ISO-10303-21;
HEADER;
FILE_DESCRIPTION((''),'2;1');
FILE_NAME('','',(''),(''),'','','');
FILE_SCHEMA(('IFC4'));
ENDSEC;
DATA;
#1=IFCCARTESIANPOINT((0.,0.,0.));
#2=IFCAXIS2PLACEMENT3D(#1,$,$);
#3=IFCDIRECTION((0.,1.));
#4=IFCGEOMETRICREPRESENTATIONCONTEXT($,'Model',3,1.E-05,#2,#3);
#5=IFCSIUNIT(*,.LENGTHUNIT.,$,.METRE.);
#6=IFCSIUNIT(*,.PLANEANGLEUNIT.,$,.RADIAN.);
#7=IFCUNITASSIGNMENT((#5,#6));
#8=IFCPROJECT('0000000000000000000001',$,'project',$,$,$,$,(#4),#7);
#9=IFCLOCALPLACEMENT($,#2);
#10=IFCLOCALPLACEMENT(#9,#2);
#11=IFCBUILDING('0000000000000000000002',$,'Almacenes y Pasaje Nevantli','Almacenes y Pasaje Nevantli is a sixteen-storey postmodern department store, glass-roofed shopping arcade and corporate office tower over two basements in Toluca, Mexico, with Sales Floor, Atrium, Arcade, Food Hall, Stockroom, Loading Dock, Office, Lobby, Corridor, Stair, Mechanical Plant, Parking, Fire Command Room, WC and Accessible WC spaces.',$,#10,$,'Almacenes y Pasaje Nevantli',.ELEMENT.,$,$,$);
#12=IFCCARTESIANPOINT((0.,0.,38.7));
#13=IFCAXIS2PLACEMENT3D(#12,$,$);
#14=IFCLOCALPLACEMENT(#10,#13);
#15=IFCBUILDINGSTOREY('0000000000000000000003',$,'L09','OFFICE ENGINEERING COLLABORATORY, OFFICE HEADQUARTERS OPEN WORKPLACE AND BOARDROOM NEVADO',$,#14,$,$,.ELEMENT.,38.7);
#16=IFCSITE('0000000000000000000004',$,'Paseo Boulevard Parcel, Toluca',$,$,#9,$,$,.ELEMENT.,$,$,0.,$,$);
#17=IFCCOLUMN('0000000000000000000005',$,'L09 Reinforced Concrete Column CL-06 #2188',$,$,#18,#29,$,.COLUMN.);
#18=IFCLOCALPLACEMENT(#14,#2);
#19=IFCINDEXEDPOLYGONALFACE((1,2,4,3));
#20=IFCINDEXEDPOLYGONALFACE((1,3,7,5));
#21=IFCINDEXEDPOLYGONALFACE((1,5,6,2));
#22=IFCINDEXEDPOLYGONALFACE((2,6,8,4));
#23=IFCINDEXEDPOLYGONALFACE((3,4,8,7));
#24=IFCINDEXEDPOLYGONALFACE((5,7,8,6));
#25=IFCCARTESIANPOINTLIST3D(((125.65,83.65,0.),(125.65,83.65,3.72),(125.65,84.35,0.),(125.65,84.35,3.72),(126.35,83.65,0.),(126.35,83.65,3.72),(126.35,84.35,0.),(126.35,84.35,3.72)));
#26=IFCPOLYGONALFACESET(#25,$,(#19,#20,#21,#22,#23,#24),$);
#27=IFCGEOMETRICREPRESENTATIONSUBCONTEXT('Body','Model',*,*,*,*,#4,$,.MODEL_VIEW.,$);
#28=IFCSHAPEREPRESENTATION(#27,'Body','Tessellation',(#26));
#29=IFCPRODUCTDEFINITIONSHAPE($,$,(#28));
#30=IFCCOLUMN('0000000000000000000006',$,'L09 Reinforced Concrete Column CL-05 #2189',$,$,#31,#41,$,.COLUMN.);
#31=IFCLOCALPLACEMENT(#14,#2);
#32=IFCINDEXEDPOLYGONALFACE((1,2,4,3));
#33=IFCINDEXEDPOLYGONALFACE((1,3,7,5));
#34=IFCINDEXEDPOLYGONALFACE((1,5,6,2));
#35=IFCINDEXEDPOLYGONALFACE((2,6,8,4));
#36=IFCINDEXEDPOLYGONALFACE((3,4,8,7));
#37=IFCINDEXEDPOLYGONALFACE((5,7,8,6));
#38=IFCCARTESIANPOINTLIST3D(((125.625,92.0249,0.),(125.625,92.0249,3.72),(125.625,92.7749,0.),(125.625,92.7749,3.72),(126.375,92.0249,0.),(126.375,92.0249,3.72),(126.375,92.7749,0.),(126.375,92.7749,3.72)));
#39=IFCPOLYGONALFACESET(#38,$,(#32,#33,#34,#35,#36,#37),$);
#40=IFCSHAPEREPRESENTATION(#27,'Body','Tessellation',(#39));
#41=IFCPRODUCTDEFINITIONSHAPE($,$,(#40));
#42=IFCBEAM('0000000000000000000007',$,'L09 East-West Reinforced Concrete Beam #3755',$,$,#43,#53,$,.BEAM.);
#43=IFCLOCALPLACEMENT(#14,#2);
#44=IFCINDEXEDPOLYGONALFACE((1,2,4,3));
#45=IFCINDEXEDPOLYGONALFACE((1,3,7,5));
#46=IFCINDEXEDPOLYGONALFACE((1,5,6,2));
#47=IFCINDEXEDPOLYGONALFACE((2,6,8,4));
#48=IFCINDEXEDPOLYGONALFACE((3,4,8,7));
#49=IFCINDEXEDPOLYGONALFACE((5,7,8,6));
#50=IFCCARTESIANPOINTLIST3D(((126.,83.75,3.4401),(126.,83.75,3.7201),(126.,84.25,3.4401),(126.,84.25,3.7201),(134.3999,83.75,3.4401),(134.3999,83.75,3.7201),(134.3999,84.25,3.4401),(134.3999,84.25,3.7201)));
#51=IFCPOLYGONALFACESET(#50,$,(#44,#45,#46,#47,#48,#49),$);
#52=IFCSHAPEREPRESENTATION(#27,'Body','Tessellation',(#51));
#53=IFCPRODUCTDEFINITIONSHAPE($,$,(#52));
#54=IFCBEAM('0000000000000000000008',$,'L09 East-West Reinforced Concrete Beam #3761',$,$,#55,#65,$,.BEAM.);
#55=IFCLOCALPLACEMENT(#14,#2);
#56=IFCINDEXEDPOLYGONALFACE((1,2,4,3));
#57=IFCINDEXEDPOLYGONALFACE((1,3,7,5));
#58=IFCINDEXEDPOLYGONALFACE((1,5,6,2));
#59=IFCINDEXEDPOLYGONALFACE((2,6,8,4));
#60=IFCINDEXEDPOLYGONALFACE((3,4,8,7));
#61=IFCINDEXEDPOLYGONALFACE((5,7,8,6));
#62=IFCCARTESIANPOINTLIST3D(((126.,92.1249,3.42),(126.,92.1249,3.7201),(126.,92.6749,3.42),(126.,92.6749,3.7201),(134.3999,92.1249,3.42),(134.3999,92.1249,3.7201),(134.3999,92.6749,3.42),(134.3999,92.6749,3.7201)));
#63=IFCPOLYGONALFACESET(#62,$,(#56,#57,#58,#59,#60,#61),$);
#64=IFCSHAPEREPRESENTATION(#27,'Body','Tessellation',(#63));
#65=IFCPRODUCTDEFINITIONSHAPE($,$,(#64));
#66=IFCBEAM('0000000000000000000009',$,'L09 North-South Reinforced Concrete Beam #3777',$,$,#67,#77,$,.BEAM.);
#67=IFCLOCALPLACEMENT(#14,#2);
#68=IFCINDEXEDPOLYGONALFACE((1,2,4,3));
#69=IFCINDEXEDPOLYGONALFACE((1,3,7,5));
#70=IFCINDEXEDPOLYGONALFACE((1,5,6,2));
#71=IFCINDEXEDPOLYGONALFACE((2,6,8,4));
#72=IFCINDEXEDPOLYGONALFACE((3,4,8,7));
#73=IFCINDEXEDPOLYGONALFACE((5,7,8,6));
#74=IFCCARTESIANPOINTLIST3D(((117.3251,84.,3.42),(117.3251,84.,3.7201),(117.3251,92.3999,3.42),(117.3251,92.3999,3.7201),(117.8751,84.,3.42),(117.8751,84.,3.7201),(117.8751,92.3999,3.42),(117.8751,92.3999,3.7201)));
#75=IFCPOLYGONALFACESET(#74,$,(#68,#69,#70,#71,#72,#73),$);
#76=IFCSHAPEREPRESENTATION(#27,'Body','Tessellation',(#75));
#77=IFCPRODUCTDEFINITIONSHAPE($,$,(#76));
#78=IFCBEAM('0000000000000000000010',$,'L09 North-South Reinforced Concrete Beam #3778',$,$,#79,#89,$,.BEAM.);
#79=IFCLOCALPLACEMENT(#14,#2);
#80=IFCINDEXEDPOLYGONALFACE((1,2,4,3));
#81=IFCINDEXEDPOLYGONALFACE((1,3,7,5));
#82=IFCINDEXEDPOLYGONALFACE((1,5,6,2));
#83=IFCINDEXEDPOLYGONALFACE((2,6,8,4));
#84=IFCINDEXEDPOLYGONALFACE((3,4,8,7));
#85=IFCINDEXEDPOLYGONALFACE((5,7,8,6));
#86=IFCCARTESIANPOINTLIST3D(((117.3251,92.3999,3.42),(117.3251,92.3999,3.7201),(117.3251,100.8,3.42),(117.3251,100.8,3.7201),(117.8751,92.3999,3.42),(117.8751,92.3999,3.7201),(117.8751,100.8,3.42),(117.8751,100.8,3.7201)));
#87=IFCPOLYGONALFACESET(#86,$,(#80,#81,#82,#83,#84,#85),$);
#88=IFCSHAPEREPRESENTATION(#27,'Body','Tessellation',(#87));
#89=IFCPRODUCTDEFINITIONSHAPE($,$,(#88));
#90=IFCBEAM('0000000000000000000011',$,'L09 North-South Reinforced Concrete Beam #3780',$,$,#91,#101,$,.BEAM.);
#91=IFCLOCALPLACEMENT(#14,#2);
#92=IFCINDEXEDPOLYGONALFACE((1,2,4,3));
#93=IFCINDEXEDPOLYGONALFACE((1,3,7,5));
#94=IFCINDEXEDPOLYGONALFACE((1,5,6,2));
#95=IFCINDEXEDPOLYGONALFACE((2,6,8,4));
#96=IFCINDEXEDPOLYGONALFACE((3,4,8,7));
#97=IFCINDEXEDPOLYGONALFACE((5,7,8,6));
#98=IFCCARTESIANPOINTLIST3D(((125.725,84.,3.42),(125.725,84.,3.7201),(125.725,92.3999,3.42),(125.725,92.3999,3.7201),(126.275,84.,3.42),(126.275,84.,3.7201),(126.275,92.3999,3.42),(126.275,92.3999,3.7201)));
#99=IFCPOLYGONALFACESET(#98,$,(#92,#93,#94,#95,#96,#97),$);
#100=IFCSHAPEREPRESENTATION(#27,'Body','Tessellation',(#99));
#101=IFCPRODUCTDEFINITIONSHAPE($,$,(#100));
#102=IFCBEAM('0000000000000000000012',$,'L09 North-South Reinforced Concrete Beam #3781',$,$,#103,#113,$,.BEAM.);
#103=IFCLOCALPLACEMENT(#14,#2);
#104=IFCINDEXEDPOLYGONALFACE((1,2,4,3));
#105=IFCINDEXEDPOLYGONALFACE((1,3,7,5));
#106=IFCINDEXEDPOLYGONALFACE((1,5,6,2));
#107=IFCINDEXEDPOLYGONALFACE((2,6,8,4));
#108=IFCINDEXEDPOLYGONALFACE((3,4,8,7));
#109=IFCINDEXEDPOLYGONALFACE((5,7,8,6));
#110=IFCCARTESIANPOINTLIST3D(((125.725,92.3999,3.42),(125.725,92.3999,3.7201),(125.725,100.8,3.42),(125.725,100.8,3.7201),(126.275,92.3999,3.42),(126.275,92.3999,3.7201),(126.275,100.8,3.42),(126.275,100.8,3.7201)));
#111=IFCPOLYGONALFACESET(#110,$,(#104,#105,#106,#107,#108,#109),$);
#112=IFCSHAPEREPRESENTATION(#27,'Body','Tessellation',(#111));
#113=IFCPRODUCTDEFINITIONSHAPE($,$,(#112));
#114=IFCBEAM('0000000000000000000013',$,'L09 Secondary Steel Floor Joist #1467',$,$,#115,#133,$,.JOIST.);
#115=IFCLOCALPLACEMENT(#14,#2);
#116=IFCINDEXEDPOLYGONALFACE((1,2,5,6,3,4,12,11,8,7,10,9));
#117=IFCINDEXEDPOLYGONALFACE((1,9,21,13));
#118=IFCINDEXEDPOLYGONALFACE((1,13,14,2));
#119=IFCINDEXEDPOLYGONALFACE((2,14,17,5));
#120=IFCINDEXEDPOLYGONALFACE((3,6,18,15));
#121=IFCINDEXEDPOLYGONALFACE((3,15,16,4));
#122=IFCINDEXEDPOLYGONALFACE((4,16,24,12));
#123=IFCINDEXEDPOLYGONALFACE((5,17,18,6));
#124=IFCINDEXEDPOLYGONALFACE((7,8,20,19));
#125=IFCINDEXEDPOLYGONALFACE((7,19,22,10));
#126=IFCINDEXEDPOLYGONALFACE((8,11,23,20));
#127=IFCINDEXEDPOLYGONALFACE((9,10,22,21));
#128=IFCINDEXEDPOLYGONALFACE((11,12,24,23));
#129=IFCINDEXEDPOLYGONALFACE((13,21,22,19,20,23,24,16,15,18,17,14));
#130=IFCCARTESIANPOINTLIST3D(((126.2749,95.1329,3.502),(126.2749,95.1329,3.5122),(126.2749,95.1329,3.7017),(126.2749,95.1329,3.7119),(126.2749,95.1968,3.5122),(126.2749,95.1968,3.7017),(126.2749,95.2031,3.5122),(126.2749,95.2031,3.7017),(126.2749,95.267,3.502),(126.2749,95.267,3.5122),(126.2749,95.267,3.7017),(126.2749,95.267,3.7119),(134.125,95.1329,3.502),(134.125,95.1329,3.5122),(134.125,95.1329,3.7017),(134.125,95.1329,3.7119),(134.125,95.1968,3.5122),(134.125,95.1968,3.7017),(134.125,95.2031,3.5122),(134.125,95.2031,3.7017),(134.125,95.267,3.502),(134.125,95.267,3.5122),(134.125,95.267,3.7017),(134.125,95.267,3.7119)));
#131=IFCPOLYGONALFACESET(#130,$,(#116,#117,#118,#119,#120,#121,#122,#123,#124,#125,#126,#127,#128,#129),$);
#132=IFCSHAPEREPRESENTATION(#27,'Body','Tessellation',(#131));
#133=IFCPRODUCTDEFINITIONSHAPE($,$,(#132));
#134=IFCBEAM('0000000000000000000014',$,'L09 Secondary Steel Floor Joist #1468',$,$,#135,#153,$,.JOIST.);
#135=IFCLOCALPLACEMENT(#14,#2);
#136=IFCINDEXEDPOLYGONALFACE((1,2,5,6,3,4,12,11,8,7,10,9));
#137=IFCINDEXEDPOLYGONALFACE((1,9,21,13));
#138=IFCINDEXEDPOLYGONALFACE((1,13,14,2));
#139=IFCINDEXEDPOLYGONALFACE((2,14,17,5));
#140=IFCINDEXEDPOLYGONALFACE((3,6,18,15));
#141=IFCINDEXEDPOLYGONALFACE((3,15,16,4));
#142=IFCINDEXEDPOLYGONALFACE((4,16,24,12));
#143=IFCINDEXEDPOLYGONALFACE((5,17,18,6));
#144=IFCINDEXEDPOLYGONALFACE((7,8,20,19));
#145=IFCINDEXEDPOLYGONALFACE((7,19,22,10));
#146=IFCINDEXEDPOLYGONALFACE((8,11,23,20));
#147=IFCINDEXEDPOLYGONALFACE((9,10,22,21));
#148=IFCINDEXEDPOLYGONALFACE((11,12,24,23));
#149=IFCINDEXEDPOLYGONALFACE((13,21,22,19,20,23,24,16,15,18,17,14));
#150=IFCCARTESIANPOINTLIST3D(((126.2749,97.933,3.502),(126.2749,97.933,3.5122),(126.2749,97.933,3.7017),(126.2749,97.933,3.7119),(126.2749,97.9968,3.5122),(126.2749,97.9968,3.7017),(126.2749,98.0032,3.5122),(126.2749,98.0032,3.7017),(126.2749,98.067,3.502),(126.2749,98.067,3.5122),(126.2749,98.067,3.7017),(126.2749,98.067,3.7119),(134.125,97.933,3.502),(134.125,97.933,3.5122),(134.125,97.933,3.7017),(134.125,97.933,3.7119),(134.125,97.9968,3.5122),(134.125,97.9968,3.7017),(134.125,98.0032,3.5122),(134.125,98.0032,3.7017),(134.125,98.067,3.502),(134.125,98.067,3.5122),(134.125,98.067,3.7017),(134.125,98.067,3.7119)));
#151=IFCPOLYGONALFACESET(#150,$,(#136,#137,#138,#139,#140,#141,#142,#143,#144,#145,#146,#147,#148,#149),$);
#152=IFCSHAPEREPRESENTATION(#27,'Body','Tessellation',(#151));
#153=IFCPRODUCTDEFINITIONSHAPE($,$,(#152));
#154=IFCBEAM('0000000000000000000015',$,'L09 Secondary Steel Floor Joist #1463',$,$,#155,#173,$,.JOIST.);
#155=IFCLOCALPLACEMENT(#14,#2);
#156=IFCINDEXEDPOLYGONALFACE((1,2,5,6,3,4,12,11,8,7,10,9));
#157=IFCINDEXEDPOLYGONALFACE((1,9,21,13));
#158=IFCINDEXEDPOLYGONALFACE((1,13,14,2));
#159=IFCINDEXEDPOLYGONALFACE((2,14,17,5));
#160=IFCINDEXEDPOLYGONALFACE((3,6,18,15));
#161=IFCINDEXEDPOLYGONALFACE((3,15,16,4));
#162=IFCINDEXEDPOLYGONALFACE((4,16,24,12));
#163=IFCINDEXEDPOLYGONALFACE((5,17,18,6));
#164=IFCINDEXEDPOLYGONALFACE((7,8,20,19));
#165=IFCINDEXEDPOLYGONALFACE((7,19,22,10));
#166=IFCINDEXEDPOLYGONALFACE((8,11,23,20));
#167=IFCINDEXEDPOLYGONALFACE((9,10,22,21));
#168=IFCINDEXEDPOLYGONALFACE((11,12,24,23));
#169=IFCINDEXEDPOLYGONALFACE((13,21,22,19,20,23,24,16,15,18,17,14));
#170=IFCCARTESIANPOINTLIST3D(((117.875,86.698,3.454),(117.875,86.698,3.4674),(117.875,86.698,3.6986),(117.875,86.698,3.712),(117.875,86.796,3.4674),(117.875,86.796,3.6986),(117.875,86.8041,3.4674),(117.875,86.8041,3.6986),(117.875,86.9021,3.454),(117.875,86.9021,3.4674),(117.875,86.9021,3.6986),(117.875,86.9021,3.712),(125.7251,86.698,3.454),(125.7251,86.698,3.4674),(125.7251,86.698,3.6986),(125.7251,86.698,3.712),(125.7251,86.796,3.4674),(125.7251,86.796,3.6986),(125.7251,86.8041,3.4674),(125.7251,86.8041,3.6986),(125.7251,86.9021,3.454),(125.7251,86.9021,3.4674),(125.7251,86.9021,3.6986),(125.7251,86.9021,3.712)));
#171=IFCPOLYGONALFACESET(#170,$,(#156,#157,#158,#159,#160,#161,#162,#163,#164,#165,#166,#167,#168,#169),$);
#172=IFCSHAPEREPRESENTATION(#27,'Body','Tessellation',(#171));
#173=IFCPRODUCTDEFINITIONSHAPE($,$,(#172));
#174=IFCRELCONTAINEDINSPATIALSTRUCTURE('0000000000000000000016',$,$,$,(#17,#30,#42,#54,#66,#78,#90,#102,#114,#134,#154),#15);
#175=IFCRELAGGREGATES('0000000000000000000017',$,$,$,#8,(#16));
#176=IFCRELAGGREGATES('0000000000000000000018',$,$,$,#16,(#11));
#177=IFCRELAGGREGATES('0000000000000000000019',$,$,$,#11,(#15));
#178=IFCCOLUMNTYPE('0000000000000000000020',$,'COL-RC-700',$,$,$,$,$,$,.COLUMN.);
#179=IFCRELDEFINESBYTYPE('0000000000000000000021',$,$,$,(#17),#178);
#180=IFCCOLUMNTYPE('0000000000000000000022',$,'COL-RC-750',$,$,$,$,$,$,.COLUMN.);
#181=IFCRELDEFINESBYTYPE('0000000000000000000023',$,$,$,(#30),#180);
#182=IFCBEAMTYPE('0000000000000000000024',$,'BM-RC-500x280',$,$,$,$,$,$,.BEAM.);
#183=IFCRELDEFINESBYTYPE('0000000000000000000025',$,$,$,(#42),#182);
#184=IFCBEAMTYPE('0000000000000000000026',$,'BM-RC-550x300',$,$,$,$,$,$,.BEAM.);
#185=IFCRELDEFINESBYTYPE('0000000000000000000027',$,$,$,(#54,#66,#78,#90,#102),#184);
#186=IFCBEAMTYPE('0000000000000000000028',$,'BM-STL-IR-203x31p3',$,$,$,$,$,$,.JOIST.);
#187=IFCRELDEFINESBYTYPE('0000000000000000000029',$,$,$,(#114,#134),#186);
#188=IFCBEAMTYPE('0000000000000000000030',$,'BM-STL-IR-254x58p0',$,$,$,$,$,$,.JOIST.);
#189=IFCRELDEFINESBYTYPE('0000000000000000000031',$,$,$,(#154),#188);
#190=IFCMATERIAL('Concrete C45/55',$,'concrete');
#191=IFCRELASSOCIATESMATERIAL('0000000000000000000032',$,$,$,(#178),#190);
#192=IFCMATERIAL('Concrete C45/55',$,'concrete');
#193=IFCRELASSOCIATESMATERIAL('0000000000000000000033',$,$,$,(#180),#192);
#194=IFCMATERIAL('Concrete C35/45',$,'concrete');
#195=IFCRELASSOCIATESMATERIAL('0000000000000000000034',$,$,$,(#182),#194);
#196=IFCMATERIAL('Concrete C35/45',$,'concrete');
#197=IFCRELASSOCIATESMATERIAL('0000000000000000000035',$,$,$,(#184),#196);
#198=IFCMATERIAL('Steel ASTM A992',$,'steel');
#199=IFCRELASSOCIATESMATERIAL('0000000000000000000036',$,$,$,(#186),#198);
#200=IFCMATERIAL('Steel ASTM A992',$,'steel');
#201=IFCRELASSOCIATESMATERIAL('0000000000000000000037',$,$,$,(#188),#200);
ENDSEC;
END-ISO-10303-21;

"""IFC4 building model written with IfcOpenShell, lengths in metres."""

from ifc_helpers import new_model, si_unit, direction, frame, origin, origin_2d, place, context, subcontext, project, spatial, rectangle, i_section, extrude, material, material_profile, profile_set, type_object, element, save


model = new_model("IFC4")

# Units and contexts
model_context = context("Model", 3, precision=1e-05, world=origin(), true_north=direction((0.0, 1.0)))
body_context = subcontext(model_context, "Body", "Model", "MODEL_VIEW")
ifc_project = project(units=[si_unit("LENGTHUNIT", "METRE"), si_unit("PLANEANGLEUNIT", "RADIAN")], contexts=[model_context])

# Site, building, storey
site_placement = place(None, origin())
site = spatial("IfcSite", under=ifc_project, at=site_placement, Name="Paseo Boulevard Parcel, Toluca", CompositionType="ELEMENT", RefElevation=0.0)
building_placement = place(site_placement, origin())
building = spatial("IfcBuilding", under=site, at=building_placement, Name="Almacenes y Pasaje Nevantli", Description="Almacenes y Pasaje Nevantli is a sixteen-storey postmodern department store, glass-roofed shopping arcade and corporate office tower over two basements in Toluca, Mexico, with Sales Floor, Atrium, Arcade, Food Hall, Stockroom, Loading Dock, Office, Lobby, Corridor, Stair, Mechanical Plant, Parking, Fire Command Room, WC and Accessible WC spaces.", LongName="Almacenes y Pasaje Nevantli", CompositionType="ELEMENT")
storey_placement = place(building_placement, frame((0.0, 0.0, 38.7)))
storey = spatial("IfcBuildingStorey", under=building, at=storey_placement, Name="L09", Description="OFFICE ENGINEERING COLLABORATORY, OFFICE HEADQUARTERS OPEN WORKPLACE AND BOARDROOM NEVADO", CompositionType="ELEMENT", Elevation=38.7)

# Columns
ifc_material_1 = material(Name="Concrete C45/55", Category="concrete")
ifc_material_profile_1 = material_profile(ifc_material_1, rectangle(XDim=0.7, YDim=0.7, at=origin_2d()), Name="RC-COL-700x700")
ifc_profile_set_1 = profile_set([ifc_material_profile_1], Name="Concrete C45/55")
column_type_1 = type_object("IfcColumnType", Name="COL-RC-700", PredefinedType="COLUMN", material=ifc_profile_set_1)
column_1_placement = place(storey_placement, frame((126.0, 84.0, 0.0), z_axis=(0.0, 0.0, 1.0), x_axis=(1.0, 0.0, 0.0)))
element("IfcColumn", 1, at=column_1_placement, inside=storey, type_object=column_type_1, Name="L09 Reinforced Concrete Column CL-06 #2188", PredefinedType="COLUMN", context=body_context, shape_type="SweptSolid", body=[
    extrude(rectangle(XDim=0.7, YDim=0.7, at=origin_2d()), origin(), (0.0, 0.0, 1.0), 3.72),
])
ifc_material_2 = material(Name="Concrete C45/55", Category="concrete")
ifc_material_profile_2 = material_profile(ifc_material_2, rectangle(XDim=0.75, YDim=0.75, at=origin_2d()), Name="RC-COL-750x750")
ifc_profile_set_2 = profile_set([ifc_material_profile_2], Name="Concrete C45/55")
column_type_2 = type_object("IfcColumnType", Name="COL-RC-750", PredefinedType="COLUMN", material=ifc_profile_set_2)
column_2_placement = place(storey_placement, frame((126.0, 92.3999, 0.0), z_axis=(0.0, 0.0, 1.0), x_axis=(1.0, 0.0, 0.0)))
element("IfcColumn", 2, at=column_2_placement, inside=storey, type_object=column_type_2, Name="L09 Reinforced Concrete Column CL-05 #2189", PredefinedType="COLUMN", context=body_context, shape_type="SweptSolid", body=[
    extrude(rectangle(XDim=0.75, YDim=0.75, at=origin_2d()), origin(), (0.0, 0.0, 1.0), 3.72),
])

# Beams
ifc_material_3 = material(Name="Concrete C35/45", Category="concrete")
ifc_material_profile_3 = material_profile(ifc_material_3, rectangle(XDim=0.5, YDim=0.28, at=origin_2d()), Name="RC-BM-500x280")
ifc_profile_set_3 = profile_set([ifc_material_profile_3], Name="Concrete C35/45")
beam_type_1 = type_object("IfcBeamType", Name="BM-RC-500x280", PredefinedType="BEAM", material=ifc_profile_set_3)
beam_1_placement = place(storey_placement, frame((126.0, 84.0, 3.5801), z_axis=(1.0, 0.0, 0.0), x_axis=(0.0, 1.0, 0.0)))
element("IfcBeam", 3, at=beam_1_placement, inside=storey, type_object=beam_type_1, Name="L09 East-West Reinforced Concrete Beam #3755", PredefinedType="BEAM", context=body_context, shape_type="SweptSolid", body=[
    extrude(rectangle(XDim=0.5, YDim=0.28, at=origin_2d()), origin(), (0.0, 0.0, 1.0), 8.3999),
])
ifc_material_4 = material(Name="Concrete C35/45", Category="concrete")
ifc_material_profile_4 = material_profile(ifc_material_4, rectangle(XDim=0.55, YDim=0.3, at=origin_2d()), Name="RC-BM-550x300")
ifc_profile_set_4 = profile_set([ifc_material_profile_4], Name="Concrete C35/45")
beam_type_2 = type_object("IfcBeamType", Name="BM-RC-550x300", PredefinedType="BEAM", material=ifc_profile_set_4)
for number, where, z_axis, x_axis, name in (
    (4, (126.0, 92.3999, 3.5701), (1.0, 0.0, 0.0), (0.0, 1.0, 0.0), "L09 East-West Reinforced Concrete Beam #3761"),
    (5, (117.6001, 84.0, 3.5701), (0.0, 1.0, 0.0), (-1.0, 0.0, 0.0), "L09 North-South Reinforced Concrete Beam #3777"),
):
    element("IfcBeam", number, at=place(storey_placement, frame(where, z_axis=z_axis, x_axis=x_axis)), inside=storey, type_object=beam_type_2, Name=name, PredefinedType="BEAM", context=body_context, shape_type="SweptSolid", body=[
        extrude(rectangle(XDim=0.55, YDim=0.3, at=origin_2d()), origin(), (0.0, 0.0, 1.0), 8.3999),
    ])
beam_2_placement = place(storey_placement, frame((117.6001, 92.3999, 3.5701), z_axis=(0.0, 1.0, 0.0), x_axis=(-1.0, 0.0, 0.0)))
element("IfcBeam", 6, at=beam_2_placement, inside=storey, type_object=beam_type_2, Name="L09 North-South Reinforced Concrete Beam #3778", PredefinedType="BEAM", context=body_context, shape_type="SweptSolid", body=[
    extrude(rectangle(XDim=0.55, YDim=0.3, at=origin_2d()), origin(), (0.0, 0.0, 1.0), 8.4001),
])
beam_3_placement = place(storey_placement, frame((126.0, 84.0, 3.5701), z_axis=(0.0, 1.0, 0.0), x_axis=(-1.0, 0.0, 0.0)))
element("IfcBeam", 7, at=beam_3_placement, inside=storey, type_object=beam_type_2, Name="L09 North-South Reinforced Concrete Beam #3780", PredefinedType="BEAM", context=body_context, shape_type="SweptSolid", body=[
    extrude(rectangle(XDim=0.55, YDim=0.3, at=origin_2d()), origin(), (0.0, 0.0, 1.0), 8.3999),
])
beam_4_placement = place(storey_placement, frame((126.0, 92.3999, 3.5701), z_axis=(0.0, 1.0, 0.0), x_axis=(-1.0, 0.0, 0.0)))
element("IfcBeam", 8, at=beam_4_placement, inside=storey, type_object=beam_type_2, Name="L09 North-South Reinforced Concrete Beam #3781", PredefinedType="BEAM", context=body_context, shape_type="SweptSolid", body=[
    extrude(rectangle(XDim=0.55, YDim=0.3, at=origin_2d()), origin(), (0.0, 0.0, 1.0), 8.4001),
])
ifc_material_5 = material(Name="Steel ASTM A992", Category="steel")
ifc_material_profile_5 = material_profile(ifc_material_5, i_section(OverallWidth=0.134, OverallDepth=0.21, WebThickness=0.0063, FlangeThickness=0.0103, at=origin_2d()), Name="IR 203x31.3")
ifc_profile_set_5 = profile_set([ifc_material_profile_5], Name="Steel ASTM A992")
beam_type_3 = type_object("IfcBeamType", Name="BM-STL-IR-203x31p3", PredefinedType="JOIST", material=ifc_profile_set_5)
for number, where, z_axis, x_axis, name in (
    (9, (126.2749, 95.2, 3.6069), (1.0, 0.0, 0.0), (0.0, 1.0, 0.0), "L09 Secondary Steel Floor Joist #1467"),
    (10, (126.2749, 98.0, 3.6069), (1.0, 0.0, 0.0), (0.0, 1.0, 0.0), "L09 Secondary Steel Floor Joist #1468"),
):
    element("IfcBeam", number, at=place(storey_placement, frame(where, z_axis=z_axis, x_axis=x_axis)), inside=storey, type_object=beam_type_3, Name=name, PredefinedType="JOIST", context=body_context, shape_type="SweptSolid", body=[
        extrude(i_section(OverallWidth=0.134, OverallDepth=0.21, WebThickness=0.0063, FlangeThickness=0.0103, at=origin_2d()), origin(), (0.0, 0.0, 1.0), 7.8501),
    ])
ifc_material_6 = material(Name="Steel ASTM A992", Category="steel")
ifc_material_profile_6 = material_profile(ifc_material_6, i_section(OverallWidth=0.2041, OverallDepth=0.2581, WebThickness=0.0081, FlangeThickness=0.0134, at=origin_2d()), Name="IR 254x58.0")
ifc_profile_set_6 = profile_set([ifc_material_profile_6], Name="Steel ASTM A992")
beam_type_4 = type_object("IfcBeamType", Name="BM-STL-IR-254x58p0", PredefinedType="JOIST", material=ifc_profile_set_6)
for number, where, z_axis, x_axis, name in (
    (11, (117.875, 86.8, 3.583), (1.0, 0.0, 0.0), (0.0, 1.0, 0.0), "L09 Secondary Steel Floor Joist #1463"),
):
    element("IfcBeam", number, at=place(storey_placement, frame(where, z_axis=z_axis, x_axis=x_axis)), inside=storey, type_object=beam_type_4, Name=name, PredefinedType="JOIST", context=body_context, shape_type="SweptSolid", body=[
        extrude(i_section(OverallWidth=0.2041, OverallDepth=0.2581, WebThickness=0.0081, FlangeThickness=0.0134, at=origin_2d()), origin(), (0.0, 0.0, 1.0), 7.8501),
    ])

save(model, "model.ifc")
